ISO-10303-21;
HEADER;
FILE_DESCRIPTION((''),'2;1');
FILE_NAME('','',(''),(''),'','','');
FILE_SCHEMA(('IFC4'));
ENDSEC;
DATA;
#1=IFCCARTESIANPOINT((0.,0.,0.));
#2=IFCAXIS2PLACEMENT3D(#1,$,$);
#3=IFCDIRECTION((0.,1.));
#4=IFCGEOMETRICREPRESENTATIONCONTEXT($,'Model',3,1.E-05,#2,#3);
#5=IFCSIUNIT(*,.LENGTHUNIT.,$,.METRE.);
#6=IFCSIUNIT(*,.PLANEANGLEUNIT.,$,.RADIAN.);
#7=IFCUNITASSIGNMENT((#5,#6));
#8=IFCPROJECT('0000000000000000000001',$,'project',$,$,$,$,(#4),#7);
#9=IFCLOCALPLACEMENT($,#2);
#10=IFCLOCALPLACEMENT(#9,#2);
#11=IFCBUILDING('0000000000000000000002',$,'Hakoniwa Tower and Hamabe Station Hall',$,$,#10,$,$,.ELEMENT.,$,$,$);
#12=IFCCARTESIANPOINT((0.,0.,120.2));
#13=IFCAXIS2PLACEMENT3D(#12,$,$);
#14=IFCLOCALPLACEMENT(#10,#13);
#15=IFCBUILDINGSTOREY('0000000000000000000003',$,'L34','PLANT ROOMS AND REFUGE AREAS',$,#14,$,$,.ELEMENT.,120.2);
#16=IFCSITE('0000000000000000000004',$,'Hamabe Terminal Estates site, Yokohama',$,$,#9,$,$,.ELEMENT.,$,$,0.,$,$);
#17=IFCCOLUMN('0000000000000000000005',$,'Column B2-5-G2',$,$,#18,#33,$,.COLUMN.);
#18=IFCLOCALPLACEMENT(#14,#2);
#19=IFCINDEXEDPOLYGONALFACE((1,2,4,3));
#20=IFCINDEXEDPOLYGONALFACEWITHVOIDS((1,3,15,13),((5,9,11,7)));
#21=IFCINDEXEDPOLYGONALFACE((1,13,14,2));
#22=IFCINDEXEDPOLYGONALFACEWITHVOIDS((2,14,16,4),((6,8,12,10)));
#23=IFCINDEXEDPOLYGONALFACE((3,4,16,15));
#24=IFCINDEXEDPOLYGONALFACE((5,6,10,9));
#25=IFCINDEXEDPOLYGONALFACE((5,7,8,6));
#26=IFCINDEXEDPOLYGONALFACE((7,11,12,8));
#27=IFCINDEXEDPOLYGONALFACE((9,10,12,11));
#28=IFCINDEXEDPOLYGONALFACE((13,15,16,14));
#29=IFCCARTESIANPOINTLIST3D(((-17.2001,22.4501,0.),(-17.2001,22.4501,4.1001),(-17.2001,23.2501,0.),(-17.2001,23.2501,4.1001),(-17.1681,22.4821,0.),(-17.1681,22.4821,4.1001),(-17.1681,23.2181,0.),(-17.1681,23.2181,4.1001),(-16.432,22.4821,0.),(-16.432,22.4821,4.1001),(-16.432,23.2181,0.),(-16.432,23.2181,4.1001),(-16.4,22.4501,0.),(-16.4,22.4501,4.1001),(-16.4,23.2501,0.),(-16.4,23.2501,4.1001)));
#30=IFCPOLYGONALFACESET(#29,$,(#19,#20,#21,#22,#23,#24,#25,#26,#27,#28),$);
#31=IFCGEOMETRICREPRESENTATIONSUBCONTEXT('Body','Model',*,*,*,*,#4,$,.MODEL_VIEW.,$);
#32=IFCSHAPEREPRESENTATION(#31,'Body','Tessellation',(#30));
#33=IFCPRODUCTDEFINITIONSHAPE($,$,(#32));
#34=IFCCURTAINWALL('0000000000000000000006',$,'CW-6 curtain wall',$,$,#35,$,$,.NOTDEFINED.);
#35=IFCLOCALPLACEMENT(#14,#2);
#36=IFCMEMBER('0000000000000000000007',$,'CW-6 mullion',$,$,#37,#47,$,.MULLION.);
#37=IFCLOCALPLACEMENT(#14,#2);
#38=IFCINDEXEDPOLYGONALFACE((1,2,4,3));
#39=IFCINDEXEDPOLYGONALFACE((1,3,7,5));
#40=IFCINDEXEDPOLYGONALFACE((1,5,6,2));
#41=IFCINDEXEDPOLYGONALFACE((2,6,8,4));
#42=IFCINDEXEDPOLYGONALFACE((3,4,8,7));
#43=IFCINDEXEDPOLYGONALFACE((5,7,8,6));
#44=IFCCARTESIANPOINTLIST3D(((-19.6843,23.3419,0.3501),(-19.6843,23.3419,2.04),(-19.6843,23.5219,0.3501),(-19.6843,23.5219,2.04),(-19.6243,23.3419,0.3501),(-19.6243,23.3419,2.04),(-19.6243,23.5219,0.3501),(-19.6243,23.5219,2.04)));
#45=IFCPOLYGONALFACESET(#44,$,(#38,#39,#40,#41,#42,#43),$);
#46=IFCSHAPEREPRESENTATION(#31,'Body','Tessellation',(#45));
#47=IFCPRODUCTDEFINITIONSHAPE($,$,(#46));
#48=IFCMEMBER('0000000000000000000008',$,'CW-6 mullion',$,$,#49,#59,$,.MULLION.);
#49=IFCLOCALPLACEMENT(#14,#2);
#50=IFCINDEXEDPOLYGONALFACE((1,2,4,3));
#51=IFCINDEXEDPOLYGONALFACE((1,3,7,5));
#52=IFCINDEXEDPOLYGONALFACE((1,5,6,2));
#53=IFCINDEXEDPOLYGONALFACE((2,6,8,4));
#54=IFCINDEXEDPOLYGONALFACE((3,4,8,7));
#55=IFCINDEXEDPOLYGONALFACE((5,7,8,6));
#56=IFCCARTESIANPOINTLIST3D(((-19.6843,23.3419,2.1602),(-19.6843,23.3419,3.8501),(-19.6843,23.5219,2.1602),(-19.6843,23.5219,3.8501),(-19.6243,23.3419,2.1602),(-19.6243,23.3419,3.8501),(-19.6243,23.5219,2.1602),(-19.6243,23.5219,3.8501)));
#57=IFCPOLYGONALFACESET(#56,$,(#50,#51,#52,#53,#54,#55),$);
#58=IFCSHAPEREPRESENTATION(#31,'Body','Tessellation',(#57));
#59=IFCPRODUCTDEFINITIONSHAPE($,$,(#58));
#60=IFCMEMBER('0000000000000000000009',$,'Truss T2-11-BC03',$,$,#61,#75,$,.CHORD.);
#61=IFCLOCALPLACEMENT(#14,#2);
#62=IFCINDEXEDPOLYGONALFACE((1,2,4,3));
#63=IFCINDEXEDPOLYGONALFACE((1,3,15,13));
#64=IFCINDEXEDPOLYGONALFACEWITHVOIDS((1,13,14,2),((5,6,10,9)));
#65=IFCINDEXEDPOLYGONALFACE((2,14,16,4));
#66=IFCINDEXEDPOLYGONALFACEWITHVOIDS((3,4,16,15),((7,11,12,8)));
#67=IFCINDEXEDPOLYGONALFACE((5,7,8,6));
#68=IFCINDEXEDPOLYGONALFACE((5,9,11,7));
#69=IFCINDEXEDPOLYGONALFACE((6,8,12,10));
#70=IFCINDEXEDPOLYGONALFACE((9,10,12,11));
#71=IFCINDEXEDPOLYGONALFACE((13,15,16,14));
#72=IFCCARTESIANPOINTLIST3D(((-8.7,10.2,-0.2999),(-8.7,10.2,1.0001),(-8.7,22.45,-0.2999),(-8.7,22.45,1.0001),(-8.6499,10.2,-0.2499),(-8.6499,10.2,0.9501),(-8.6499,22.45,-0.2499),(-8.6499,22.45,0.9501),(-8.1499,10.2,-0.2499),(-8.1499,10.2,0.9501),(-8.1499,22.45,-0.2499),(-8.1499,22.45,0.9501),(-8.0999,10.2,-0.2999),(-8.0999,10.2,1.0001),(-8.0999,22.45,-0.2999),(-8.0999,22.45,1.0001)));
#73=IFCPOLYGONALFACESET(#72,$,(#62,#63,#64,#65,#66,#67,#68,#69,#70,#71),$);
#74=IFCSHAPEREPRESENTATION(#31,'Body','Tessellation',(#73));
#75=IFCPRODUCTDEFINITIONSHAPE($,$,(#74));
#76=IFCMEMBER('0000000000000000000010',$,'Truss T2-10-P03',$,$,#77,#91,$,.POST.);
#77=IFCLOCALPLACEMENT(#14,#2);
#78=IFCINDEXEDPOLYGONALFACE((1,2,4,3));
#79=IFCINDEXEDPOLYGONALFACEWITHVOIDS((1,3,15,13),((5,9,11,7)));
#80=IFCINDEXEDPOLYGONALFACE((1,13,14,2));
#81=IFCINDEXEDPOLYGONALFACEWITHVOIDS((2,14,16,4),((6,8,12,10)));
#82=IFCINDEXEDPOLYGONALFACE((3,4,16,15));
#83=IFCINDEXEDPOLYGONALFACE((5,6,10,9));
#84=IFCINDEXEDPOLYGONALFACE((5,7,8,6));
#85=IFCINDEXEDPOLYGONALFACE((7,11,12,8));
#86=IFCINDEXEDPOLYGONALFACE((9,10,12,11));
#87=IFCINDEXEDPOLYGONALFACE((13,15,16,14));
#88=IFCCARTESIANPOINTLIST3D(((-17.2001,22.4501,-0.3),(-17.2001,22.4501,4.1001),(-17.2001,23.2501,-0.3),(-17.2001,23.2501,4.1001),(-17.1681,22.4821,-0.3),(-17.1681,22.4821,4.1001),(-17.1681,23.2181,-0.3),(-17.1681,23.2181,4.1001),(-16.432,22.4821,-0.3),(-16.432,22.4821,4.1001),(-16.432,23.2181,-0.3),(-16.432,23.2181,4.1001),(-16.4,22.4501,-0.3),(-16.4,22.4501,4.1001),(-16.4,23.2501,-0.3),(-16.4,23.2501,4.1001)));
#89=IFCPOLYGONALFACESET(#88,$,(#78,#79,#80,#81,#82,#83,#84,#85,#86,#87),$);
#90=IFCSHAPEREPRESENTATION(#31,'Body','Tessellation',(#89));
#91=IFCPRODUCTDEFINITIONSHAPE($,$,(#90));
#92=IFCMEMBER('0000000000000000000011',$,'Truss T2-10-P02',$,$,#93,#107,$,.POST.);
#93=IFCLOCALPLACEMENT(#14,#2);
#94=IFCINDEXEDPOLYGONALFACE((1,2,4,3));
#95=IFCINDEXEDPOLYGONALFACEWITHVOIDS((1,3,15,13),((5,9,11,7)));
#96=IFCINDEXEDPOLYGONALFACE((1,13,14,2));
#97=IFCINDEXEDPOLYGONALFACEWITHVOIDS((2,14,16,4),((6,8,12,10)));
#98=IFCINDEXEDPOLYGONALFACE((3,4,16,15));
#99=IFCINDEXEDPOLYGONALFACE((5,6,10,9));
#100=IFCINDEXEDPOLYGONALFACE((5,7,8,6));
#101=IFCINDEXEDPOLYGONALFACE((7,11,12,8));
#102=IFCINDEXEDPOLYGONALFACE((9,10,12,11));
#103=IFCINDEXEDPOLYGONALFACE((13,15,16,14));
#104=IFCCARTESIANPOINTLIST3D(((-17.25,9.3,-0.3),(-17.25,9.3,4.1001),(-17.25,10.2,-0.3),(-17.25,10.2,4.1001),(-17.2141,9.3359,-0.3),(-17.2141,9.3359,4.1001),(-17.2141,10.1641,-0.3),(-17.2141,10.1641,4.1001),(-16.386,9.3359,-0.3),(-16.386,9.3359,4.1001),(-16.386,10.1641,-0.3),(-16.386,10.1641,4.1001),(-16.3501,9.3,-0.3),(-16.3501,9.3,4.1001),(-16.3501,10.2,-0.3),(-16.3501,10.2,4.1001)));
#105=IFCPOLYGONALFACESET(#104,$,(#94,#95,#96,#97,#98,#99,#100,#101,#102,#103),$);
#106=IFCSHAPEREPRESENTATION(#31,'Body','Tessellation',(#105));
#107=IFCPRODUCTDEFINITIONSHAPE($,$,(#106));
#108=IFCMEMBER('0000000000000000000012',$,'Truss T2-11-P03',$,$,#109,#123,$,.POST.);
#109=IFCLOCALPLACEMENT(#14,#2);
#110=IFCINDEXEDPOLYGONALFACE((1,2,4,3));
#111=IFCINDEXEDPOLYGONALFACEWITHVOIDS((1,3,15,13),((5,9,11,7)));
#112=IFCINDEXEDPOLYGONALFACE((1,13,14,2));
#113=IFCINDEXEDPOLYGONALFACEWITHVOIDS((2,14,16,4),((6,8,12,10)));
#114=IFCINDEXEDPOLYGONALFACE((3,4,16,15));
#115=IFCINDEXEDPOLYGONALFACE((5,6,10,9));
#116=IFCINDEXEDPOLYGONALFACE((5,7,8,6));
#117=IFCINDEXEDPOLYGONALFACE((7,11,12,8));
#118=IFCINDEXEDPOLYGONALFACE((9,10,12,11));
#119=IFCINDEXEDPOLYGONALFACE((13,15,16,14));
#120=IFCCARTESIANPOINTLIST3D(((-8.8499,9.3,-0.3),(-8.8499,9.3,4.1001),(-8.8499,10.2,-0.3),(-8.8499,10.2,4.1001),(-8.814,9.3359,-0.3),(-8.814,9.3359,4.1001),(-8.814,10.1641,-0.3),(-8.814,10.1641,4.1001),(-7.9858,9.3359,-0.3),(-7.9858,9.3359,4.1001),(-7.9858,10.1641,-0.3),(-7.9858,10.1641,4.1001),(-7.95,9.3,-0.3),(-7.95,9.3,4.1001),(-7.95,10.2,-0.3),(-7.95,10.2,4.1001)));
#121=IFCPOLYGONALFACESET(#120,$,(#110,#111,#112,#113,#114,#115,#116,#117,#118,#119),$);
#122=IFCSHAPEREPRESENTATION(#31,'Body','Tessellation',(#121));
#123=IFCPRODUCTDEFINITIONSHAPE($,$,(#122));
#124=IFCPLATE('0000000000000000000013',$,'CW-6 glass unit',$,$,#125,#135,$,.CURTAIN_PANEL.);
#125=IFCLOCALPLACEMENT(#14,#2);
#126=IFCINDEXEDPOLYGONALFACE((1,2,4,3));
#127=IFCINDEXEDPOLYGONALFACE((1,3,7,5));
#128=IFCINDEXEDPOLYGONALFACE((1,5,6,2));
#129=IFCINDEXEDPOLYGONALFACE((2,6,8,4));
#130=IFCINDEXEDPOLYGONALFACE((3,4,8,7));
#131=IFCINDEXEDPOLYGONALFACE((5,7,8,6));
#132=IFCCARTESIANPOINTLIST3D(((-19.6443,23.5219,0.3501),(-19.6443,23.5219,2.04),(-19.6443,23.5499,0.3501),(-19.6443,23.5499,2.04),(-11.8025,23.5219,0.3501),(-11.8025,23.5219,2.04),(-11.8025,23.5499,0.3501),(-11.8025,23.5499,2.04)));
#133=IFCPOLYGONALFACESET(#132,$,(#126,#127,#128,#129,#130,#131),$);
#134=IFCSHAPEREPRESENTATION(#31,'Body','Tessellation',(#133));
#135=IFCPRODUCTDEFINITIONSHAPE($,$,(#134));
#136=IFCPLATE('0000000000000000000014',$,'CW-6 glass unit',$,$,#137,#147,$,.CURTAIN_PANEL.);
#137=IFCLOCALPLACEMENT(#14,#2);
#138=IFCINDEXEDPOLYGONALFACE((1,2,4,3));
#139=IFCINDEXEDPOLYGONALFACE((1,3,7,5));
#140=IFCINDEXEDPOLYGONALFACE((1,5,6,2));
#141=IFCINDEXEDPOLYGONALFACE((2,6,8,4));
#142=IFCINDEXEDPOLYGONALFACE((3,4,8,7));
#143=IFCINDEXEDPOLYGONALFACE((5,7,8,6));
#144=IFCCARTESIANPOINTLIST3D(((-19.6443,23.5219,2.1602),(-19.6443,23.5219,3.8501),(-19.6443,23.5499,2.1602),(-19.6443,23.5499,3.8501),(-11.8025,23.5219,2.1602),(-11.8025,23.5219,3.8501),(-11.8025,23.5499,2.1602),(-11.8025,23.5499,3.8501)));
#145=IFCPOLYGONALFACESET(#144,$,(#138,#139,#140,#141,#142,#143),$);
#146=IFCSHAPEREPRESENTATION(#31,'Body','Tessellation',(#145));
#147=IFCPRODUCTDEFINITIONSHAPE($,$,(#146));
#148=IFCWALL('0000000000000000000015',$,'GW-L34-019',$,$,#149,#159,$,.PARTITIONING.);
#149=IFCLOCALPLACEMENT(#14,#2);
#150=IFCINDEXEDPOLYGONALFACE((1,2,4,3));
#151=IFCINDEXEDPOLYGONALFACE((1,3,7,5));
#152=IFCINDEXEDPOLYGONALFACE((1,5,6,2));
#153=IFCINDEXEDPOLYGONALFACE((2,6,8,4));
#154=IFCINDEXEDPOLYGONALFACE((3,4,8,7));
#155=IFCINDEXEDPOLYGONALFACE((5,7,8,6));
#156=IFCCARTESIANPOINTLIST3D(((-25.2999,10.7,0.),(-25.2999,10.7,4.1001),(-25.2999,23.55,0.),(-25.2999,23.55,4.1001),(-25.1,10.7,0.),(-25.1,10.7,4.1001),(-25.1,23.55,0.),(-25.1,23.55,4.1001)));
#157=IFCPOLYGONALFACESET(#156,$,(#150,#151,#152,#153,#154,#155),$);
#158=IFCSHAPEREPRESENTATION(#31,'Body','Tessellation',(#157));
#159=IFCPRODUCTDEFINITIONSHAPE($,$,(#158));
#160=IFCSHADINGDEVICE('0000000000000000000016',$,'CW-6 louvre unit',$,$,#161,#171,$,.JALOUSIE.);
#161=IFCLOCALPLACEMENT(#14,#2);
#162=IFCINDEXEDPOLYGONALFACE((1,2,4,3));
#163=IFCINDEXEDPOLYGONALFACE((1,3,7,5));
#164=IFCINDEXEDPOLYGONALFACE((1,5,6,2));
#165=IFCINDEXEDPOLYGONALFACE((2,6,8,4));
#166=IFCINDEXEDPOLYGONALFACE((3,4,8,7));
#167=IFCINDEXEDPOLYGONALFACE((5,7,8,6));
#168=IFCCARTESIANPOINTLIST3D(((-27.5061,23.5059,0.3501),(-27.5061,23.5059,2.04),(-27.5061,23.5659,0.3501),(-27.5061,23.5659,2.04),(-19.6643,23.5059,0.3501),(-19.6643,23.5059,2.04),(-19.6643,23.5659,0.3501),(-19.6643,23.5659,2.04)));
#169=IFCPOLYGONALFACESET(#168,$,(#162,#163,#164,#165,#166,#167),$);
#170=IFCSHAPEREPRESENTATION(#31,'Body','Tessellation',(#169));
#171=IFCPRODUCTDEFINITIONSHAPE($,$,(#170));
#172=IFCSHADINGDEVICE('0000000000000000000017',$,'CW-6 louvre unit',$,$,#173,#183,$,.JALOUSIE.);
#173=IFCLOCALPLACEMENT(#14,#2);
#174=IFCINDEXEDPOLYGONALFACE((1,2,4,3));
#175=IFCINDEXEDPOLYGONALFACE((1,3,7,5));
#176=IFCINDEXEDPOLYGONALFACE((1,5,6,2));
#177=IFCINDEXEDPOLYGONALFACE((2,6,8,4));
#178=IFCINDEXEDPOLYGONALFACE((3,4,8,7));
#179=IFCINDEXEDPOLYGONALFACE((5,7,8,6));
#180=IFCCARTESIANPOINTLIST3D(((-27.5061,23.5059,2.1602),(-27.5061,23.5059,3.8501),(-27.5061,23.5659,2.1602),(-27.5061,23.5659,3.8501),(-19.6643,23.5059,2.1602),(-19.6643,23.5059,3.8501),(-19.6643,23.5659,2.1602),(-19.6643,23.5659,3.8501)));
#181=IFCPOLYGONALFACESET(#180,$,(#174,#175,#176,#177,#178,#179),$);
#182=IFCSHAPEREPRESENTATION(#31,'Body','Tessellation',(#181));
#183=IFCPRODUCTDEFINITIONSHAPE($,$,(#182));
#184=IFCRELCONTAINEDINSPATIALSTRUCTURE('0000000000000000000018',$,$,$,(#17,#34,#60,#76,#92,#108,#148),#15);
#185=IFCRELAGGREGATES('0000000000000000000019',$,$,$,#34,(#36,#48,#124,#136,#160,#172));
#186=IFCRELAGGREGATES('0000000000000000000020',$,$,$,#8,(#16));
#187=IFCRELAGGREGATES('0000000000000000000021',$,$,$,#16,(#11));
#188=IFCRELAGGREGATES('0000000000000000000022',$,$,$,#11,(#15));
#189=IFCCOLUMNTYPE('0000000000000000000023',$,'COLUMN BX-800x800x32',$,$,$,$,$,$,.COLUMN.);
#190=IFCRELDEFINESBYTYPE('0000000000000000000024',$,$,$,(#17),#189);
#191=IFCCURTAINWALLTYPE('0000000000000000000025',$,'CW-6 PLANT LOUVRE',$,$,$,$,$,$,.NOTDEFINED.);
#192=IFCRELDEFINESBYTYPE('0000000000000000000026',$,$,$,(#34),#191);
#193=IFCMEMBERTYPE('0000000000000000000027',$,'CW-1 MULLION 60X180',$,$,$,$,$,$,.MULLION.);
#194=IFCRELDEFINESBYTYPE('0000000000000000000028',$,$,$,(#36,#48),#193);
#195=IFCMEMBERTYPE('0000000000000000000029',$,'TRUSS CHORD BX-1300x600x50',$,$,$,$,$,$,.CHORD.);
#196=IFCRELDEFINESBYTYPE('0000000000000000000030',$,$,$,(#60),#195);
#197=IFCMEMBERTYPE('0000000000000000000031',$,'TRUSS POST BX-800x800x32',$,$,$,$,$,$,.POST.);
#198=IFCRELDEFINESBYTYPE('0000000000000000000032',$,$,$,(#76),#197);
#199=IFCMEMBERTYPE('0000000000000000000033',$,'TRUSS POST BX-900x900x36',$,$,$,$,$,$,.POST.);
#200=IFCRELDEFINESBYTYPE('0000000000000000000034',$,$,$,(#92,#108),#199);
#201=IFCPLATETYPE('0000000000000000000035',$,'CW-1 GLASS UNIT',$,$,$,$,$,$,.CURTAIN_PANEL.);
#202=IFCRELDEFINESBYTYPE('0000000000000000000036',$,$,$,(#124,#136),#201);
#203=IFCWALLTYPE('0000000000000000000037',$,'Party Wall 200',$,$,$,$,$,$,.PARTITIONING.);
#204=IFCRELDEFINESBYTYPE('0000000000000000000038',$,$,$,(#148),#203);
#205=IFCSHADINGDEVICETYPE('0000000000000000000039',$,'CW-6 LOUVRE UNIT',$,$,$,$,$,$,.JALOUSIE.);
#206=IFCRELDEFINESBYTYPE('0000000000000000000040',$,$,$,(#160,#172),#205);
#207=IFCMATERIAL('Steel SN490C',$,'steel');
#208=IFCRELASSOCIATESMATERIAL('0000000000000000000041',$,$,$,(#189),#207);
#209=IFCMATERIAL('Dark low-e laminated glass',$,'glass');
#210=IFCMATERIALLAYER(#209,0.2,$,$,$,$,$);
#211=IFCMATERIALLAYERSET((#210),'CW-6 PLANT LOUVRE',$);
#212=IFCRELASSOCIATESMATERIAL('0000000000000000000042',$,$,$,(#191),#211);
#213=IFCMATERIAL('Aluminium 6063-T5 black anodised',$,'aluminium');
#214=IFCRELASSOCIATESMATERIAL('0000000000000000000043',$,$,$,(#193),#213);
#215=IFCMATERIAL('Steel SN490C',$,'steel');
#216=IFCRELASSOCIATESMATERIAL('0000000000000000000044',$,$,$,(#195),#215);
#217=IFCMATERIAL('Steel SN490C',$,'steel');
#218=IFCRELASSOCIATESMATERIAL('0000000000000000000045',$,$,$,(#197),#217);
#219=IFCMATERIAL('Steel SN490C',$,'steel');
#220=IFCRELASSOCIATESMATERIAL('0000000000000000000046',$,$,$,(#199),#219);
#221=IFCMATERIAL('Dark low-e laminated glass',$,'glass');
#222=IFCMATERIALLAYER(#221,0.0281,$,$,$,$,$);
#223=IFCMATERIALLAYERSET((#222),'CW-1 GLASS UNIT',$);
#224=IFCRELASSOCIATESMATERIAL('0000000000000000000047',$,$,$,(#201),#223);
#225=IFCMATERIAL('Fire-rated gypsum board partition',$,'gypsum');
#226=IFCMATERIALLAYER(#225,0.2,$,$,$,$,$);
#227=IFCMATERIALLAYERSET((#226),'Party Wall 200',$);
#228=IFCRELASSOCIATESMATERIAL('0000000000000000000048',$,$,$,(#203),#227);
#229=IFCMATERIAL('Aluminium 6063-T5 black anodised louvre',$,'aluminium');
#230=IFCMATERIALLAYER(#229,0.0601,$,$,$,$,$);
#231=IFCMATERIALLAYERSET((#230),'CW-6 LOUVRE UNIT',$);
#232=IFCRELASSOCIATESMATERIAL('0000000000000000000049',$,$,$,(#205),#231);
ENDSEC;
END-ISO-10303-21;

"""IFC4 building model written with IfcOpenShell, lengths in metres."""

from ifc_helpers import new_model, si_unit, direction, frame, frame_2d, origin, origin_2d, place, context, subcontext, project, spatial, rectangle, hollow_rectangle, extrude, material, layer, layer_set, material_profile, profile_set, type_object, element, aggregate, save


model = new_model("IFC4")

# Units and contexts
model_context = context("Model", 3, precision=1e-05, world=origin(), true_north=direction((0.0, 1.0)))
body_context = subcontext(model_context, "Body", "Model", "MODEL_VIEW")
ifc_project = project(units=[si_unit("LENGTHUNIT", "METRE"), si_unit("PLANEANGLEUNIT", "RADIAN")], contexts=[model_context])

# Site, building, storey
site_placement = place(None, origin())
site = spatial("IfcSite", under=ifc_project, at=site_placement, Name="Hamabe Terminal Estates site, Yokohama", CompositionType="ELEMENT", RefElevation=0.0)
building_placement = place(site_placement, origin())
building = spatial("IfcBuilding", under=site, at=building_placement, Name="Hakoniwa Tower and Hamabe Station Hall", CompositionType="ELEMENT")
storey_placement = place(building_placement, frame((0.0, 0.0, 120.2)))
storey = spatial("IfcBuildingStorey", under=building, at=storey_placement, Name="L34", Description="PLANT ROOMS AND REFUGE AREAS", CompositionType="ELEMENT", Elevation=120.2)

# Column
ifc_material_1 = material(Name="Steel SN490C", Category="steel")
ifc_material_profile_1 = material_profile(ifc_material_1, hollow_rectangle(XDim=0.8, YDim=0.8, WallThickness=0.032, at=origin_2d()), Name="BX-800x800x32")
ifc_profile_set_1 = profile_set([ifc_material_profile_1], Name="Steel SN490C")
column_type = type_object("IfcColumnType", Name="COLUMN BX-800x800x32", PredefinedType="COLUMN", material=ifc_profile_set_1)
column_placement = place(storey_placement, frame((-16.8, 22.8501, 0.0), z_axis=(0.0, 0.0, 1.0), x_axis=(1.0, 0.0, 0.0)))
element("IfcColumn", 1, at=column_placement, inside=storey, type_object=column_type, Name="Column B2-5-G2", PredefinedType="COLUMN", context=body_context, shape_type="SweptSolid", body=[
    extrude(hollow_rectangle(XDim=0.8, YDim=0.8, WallThickness=0.032, at=origin_2d()), origin(), (0.0, 0.0, 1.0), 4.1001),
])

# Curtain wall, members
ifc_material_2 = material(Name="Dark low-e laminated glass", Category="glass")
ifc_layer_1 = layer(ifc_material_2, 0.2)
ifc_layer_set_1 = layer_set([ifc_layer_1], Name="CW-6 PLANT LOUVRE")
curtain_wall_type = type_object("IfcCurtainWallType", Name="CW-6 PLANT LOUVRE", PredefinedType="NOTDEFINED", material=ifc_layer_set_1)
curtain_wall_placement = place(storey_placement, origin())
curtain_wall = element("IfcCurtainWall", 2, at=curtain_wall_placement, inside=storey, type_object=curtain_wall_type, Name="CW-6 curtain wall", PredefinedType="NOTDEFINED")
ifc_material_3 = material(Name="Aluminium 6063-T5 black anodised", Category="aluminium")
ifc_material_profile_2 = material_profile(ifc_material_3, rectangle(XDim=0.0601, YDim=0.1799, at=origin_2d()), Name="CW-1 MULLION 60X180")
ifc_profile_set_2 = profile_set([ifc_material_profile_2], Name="Aluminium 6063-T5 black anodised")
member_type_1 = type_object("IfcMemberType", Name="CW-1 MULLION 60X180", PredefinedType="MULLION", material=ifc_profile_set_2)
member_1_placement = place(storey_placement, frame((-19.6543, 23.4319, 0.3501), z_axis=(0.0, 0.0, 1.0), x_axis=(-1.0, 0.0, 0.0)))
member_1 = element("IfcMember", 3, at=member_1_placement, type_object=member_type_1, Name="CW-6 mullion", PredefinedType="MULLION", context=body_context, shape_type="SweptSolid", body=[
    extrude(rectangle(XDim=0.0601, YDim=0.1799, at=origin_2d()), origin(), (0.0, 0.0, 1.0), 1.6899),
])
member_2_placement = place(storey_placement, frame((-19.6543, 23.4319, 2.1602), z_axis=(0.0, 0.0, 1.0), x_axis=(-1.0, 0.0, 0.0)))
member_2 = element("IfcMember", 4, at=member_2_placement, type_object=member_type_1, Name="CW-6 mullion", PredefinedType="MULLION", context=body_context, shape_type="SweptSolid", body=[
    extrude(rectangle(XDim=0.0601, YDim=0.1799, at=origin_2d()), origin(), (0.0, 0.0, 1.0), 1.6899),
])

# Members
ifc_material_4 = material(Name="Steel SN490C", Category="steel")
ifc_material_profile_3 = material_profile(ifc_material_4, hollow_rectangle(XDim=0.6001, YDim=1.3, WallThickness=0.05, at=origin_2d()), Name="BX-1300x600x50")
ifc_profile_set_3 = profile_set([ifc_material_profile_3], Name="Steel SN490C")
member_type_2 = type_object("IfcMemberType", Name="TRUSS CHORD BX-1300x600x50", PredefinedType="CHORD", material=ifc_profile_set_3)
member_3_placement = place(storey_placement, frame((-8.3999, 10.2, 0.3501), z_axis=(0.0, 1.0, 0.0), x_axis=(-1.0, 0.0, 0.0)))
element("IfcMember", 5, at=member_3_placement, inside=storey, type_object=member_type_2, Name="Truss T2-11-BC03", PredefinedType="CHORD", context=body_context, shape_type="SweptSolid", body=[
    extrude(hollow_rectangle(XDim=0.6001, YDim=1.3, WallThickness=0.05, at=origin_2d()), origin(), (0.0, 0.0, 1.0), 12.25),
])
ifc_material_5 = material(Name="Steel SN490C", Category="steel")
ifc_material_profile_4 = material_profile(ifc_material_5, hollow_rectangle(XDim=0.8, YDim=0.8, WallThickness=0.032, at=origin_2d()), Name="BX-800x800x32")
ifc_profile_set_4 = profile_set([ifc_material_profile_4], Name="Steel SN490C")
member_type_3 = type_object("IfcMemberType", Name="TRUSS POST BX-800x800x32", PredefinedType="POST", material=ifc_profile_set_4)
member_4_placement = place(storey_placement, frame((-16.8, 22.8501, -0.3), z_axis=(0.0, 0.0, 1.0), x_axis=(1.0, 0.0, 0.0)))
element("IfcMember", 6, at=member_4_placement, inside=storey, type_object=member_type_3, Name="Truss T2-10-P03", PredefinedType="POST", context=body_context, shape_type="SweptSolid", body=[
    extrude(hollow_rectangle(XDim=0.8, YDim=0.8, WallThickness=0.032, at=origin_2d()), origin(), (0.0, 0.0, 1.0), 4.4001),
])
ifc_material_6 = material(Name="Steel SN490C", Category="steel")
ifc_material_profile_5 = material_profile(ifc_material_6, hollow_rectangle(XDim=0.8999, YDim=0.8999, WallThickness=0.0359, at=origin_2d()), Name="BX-900x900x36")
ifc_profile_set_5 = profile_set([ifc_material_profile_5], Name="Steel SN490C")
member_type_4 = type_object("IfcMemberType", Name="TRUSS POST BX-900x900x36", PredefinedType="POST", material=ifc_profile_set_5)
for number, where, z_axis, x_axis, name in (
    (7, (-16.8, 9.75, -0.3), (0.0, 0.0, 1.0), (1.0, 0.0, 0.0), "Truss T2-10-P02"),
    (8, (-8.3999, 9.75, -0.3), (0.0, 0.0, 1.0), (1.0, 0.0, 0.0), "Truss T2-11-P03"),
):
    element("IfcMember", number, at=place(storey_placement, frame(where, z_axis=z_axis, x_axis=x_axis)), inside=storey, type_object=member_type_4, Name=name, PredefinedType="POST", context=body_context, shape_type="SweptSolid", body=[
        extrude(hollow_rectangle(XDim=0.8999, YDim=0.8999, WallThickness=0.0359, at=origin_2d()), origin(), (0.0, 0.0, 1.0), 4.4001),
    ])

# Plates
ifc_material_7 = material(Name="Dark low-e laminated glass", Category="glass")
ifc_layer_2 = layer(ifc_material_7, 0.0281)
ifc_layer_set_2 = layer_set([ifc_layer_2], Name="CW-1 GLASS UNIT")
plate_type = type_object("IfcPlateType", Name="CW-1 GLASS UNIT", PredefinedType="CURTAIN_PANEL", material=ifc_layer_set_2)
plate_1_placement = place(storey_placement, frame((-15.7234, 23.5359, 0.3501), z_axis=(0.0, 0.0, 1.0), x_axis=(-1.0, 0.0, 0.0)))
plate_1 = element("IfcPlate", 9, at=plate_1_placement, type_object=plate_type, Name="CW-6 glass unit", PredefinedType="CURTAIN_PANEL", context=body_context, shape_type="SweptSolid", body=[
    extrude(rectangle(XDim=7.8418, YDim=0.0281, at=origin_2d()), origin(), (0.0, 0.0, 1.0), 1.6899),
])
plate_2_placement = place(storey_placement, frame((-15.7234, 23.5359, 2.1602), z_axis=(0.0, 0.0, 1.0), x_axis=(-1.0, 0.0, 0.0)))
plate_2 = element("IfcPlate", 10, at=plate_2_placement, type_object=plate_type, Name="CW-6 glass unit", PredefinedType="CURTAIN_PANEL", context=body_context, shape_type="SweptSolid", body=[
    extrude(rectangle(XDim=7.8418, YDim=0.0281, at=origin_2d()), origin(), (0.0, 0.0, 1.0), 1.6899),
])

# Wall
ifc_material_8 = material(Name="Fire-rated gypsum board partition", Category="gypsum")
ifc_layer_3 = layer(ifc_material_8, 0.2)
ifc_layer_set_3 = layer_set([ifc_layer_3], Name="Party Wall 200")
wall_type = type_object("IfcWallType", Name="Party Wall 200", PredefinedType="PARTITIONING", material=ifc_layer_set_3)
wall_placement = place(storey_placement, frame((-25.2, 10.7, 0.0), z_axis=(0.0, 0.0, 1.0), x_axis=(0.0, 1.0, 0.0)))
element("IfcWall", 11, at=wall_placement, inside=storey, type_object=wall_type, Name="GW-L34-019", PredefinedType="PARTITIONING", context=body_context, shape_type="SweptSolid", body=[
    extrude(rectangle(XDim=12.8501, YDim=0.2, at=frame_2d((6.425, 0.0))), origin(), (0.0, 0.0, 1.0), 4.1001),
])

# Shading devices
ifc_material_9 = material(Name="Aluminium 6063-T5 black anodised louvre", Category="aluminium")
ifc_layer_4 = layer(ifc_material_9, 0.0601)
ifc_layer_set_4 = layer_set([ifc_layer_4], Name="CW-6 LOUVRE UNIT")
shading_device_type = type_object("IfcShadingDeviceType", Name="CW-6 LOUVRE UNIT", PredefinedType="JALOUSIE", material=ifc_layer_set_4)
shading_device_1_placement = place(storey_placement, frame((-23.5852, 23.5359, 0.3501), z_axis=(0.0, 0.0, 1.0), x_axis=(-1.0, 0.0, 0.0)))
shading_device_1 = element("IfcShadingDevice", 12, at=shading_device_1_placement, type_object=shading_device_type, Name="CW-6 louvre unit", PredefinedType="JALOUSIE", context=body_context, shape_type="SweptSolid", body=[
    extrude(rectangle(XDim=7.8418, YDim=0.0601, at=origin_2d()), origin(), (0.0, 0.0, 1.0), 1.6899),
])
shading_device_2_placement = place(storey_placement, frame((-23.5852, 23.5359, 2.1602), z_axis=(0.0, 0.0, 1.0), x_axis=(-1.0, 0.0, 0.0)))
shading_device_2 = element("IfcShadingDevice", 13, at=shading_device_2_placement, type_object=shading_device_type, Name="CW-6 louvre unit", PredefinedType="JALOUSIE", context=body_context, shape_type="SweptSolid", body=[
    extrude(rectangle(XDim=7.8418, YDim=0.0601, at=origin_2d()), origin(), (0.0, 0.0, 1.0), 1.6899),
])
aggregate(curtain_wall, [member_1, member_2, plate_1, plate_2, shading_device_1, shading_device_2])

save(model, "model.ifc")
